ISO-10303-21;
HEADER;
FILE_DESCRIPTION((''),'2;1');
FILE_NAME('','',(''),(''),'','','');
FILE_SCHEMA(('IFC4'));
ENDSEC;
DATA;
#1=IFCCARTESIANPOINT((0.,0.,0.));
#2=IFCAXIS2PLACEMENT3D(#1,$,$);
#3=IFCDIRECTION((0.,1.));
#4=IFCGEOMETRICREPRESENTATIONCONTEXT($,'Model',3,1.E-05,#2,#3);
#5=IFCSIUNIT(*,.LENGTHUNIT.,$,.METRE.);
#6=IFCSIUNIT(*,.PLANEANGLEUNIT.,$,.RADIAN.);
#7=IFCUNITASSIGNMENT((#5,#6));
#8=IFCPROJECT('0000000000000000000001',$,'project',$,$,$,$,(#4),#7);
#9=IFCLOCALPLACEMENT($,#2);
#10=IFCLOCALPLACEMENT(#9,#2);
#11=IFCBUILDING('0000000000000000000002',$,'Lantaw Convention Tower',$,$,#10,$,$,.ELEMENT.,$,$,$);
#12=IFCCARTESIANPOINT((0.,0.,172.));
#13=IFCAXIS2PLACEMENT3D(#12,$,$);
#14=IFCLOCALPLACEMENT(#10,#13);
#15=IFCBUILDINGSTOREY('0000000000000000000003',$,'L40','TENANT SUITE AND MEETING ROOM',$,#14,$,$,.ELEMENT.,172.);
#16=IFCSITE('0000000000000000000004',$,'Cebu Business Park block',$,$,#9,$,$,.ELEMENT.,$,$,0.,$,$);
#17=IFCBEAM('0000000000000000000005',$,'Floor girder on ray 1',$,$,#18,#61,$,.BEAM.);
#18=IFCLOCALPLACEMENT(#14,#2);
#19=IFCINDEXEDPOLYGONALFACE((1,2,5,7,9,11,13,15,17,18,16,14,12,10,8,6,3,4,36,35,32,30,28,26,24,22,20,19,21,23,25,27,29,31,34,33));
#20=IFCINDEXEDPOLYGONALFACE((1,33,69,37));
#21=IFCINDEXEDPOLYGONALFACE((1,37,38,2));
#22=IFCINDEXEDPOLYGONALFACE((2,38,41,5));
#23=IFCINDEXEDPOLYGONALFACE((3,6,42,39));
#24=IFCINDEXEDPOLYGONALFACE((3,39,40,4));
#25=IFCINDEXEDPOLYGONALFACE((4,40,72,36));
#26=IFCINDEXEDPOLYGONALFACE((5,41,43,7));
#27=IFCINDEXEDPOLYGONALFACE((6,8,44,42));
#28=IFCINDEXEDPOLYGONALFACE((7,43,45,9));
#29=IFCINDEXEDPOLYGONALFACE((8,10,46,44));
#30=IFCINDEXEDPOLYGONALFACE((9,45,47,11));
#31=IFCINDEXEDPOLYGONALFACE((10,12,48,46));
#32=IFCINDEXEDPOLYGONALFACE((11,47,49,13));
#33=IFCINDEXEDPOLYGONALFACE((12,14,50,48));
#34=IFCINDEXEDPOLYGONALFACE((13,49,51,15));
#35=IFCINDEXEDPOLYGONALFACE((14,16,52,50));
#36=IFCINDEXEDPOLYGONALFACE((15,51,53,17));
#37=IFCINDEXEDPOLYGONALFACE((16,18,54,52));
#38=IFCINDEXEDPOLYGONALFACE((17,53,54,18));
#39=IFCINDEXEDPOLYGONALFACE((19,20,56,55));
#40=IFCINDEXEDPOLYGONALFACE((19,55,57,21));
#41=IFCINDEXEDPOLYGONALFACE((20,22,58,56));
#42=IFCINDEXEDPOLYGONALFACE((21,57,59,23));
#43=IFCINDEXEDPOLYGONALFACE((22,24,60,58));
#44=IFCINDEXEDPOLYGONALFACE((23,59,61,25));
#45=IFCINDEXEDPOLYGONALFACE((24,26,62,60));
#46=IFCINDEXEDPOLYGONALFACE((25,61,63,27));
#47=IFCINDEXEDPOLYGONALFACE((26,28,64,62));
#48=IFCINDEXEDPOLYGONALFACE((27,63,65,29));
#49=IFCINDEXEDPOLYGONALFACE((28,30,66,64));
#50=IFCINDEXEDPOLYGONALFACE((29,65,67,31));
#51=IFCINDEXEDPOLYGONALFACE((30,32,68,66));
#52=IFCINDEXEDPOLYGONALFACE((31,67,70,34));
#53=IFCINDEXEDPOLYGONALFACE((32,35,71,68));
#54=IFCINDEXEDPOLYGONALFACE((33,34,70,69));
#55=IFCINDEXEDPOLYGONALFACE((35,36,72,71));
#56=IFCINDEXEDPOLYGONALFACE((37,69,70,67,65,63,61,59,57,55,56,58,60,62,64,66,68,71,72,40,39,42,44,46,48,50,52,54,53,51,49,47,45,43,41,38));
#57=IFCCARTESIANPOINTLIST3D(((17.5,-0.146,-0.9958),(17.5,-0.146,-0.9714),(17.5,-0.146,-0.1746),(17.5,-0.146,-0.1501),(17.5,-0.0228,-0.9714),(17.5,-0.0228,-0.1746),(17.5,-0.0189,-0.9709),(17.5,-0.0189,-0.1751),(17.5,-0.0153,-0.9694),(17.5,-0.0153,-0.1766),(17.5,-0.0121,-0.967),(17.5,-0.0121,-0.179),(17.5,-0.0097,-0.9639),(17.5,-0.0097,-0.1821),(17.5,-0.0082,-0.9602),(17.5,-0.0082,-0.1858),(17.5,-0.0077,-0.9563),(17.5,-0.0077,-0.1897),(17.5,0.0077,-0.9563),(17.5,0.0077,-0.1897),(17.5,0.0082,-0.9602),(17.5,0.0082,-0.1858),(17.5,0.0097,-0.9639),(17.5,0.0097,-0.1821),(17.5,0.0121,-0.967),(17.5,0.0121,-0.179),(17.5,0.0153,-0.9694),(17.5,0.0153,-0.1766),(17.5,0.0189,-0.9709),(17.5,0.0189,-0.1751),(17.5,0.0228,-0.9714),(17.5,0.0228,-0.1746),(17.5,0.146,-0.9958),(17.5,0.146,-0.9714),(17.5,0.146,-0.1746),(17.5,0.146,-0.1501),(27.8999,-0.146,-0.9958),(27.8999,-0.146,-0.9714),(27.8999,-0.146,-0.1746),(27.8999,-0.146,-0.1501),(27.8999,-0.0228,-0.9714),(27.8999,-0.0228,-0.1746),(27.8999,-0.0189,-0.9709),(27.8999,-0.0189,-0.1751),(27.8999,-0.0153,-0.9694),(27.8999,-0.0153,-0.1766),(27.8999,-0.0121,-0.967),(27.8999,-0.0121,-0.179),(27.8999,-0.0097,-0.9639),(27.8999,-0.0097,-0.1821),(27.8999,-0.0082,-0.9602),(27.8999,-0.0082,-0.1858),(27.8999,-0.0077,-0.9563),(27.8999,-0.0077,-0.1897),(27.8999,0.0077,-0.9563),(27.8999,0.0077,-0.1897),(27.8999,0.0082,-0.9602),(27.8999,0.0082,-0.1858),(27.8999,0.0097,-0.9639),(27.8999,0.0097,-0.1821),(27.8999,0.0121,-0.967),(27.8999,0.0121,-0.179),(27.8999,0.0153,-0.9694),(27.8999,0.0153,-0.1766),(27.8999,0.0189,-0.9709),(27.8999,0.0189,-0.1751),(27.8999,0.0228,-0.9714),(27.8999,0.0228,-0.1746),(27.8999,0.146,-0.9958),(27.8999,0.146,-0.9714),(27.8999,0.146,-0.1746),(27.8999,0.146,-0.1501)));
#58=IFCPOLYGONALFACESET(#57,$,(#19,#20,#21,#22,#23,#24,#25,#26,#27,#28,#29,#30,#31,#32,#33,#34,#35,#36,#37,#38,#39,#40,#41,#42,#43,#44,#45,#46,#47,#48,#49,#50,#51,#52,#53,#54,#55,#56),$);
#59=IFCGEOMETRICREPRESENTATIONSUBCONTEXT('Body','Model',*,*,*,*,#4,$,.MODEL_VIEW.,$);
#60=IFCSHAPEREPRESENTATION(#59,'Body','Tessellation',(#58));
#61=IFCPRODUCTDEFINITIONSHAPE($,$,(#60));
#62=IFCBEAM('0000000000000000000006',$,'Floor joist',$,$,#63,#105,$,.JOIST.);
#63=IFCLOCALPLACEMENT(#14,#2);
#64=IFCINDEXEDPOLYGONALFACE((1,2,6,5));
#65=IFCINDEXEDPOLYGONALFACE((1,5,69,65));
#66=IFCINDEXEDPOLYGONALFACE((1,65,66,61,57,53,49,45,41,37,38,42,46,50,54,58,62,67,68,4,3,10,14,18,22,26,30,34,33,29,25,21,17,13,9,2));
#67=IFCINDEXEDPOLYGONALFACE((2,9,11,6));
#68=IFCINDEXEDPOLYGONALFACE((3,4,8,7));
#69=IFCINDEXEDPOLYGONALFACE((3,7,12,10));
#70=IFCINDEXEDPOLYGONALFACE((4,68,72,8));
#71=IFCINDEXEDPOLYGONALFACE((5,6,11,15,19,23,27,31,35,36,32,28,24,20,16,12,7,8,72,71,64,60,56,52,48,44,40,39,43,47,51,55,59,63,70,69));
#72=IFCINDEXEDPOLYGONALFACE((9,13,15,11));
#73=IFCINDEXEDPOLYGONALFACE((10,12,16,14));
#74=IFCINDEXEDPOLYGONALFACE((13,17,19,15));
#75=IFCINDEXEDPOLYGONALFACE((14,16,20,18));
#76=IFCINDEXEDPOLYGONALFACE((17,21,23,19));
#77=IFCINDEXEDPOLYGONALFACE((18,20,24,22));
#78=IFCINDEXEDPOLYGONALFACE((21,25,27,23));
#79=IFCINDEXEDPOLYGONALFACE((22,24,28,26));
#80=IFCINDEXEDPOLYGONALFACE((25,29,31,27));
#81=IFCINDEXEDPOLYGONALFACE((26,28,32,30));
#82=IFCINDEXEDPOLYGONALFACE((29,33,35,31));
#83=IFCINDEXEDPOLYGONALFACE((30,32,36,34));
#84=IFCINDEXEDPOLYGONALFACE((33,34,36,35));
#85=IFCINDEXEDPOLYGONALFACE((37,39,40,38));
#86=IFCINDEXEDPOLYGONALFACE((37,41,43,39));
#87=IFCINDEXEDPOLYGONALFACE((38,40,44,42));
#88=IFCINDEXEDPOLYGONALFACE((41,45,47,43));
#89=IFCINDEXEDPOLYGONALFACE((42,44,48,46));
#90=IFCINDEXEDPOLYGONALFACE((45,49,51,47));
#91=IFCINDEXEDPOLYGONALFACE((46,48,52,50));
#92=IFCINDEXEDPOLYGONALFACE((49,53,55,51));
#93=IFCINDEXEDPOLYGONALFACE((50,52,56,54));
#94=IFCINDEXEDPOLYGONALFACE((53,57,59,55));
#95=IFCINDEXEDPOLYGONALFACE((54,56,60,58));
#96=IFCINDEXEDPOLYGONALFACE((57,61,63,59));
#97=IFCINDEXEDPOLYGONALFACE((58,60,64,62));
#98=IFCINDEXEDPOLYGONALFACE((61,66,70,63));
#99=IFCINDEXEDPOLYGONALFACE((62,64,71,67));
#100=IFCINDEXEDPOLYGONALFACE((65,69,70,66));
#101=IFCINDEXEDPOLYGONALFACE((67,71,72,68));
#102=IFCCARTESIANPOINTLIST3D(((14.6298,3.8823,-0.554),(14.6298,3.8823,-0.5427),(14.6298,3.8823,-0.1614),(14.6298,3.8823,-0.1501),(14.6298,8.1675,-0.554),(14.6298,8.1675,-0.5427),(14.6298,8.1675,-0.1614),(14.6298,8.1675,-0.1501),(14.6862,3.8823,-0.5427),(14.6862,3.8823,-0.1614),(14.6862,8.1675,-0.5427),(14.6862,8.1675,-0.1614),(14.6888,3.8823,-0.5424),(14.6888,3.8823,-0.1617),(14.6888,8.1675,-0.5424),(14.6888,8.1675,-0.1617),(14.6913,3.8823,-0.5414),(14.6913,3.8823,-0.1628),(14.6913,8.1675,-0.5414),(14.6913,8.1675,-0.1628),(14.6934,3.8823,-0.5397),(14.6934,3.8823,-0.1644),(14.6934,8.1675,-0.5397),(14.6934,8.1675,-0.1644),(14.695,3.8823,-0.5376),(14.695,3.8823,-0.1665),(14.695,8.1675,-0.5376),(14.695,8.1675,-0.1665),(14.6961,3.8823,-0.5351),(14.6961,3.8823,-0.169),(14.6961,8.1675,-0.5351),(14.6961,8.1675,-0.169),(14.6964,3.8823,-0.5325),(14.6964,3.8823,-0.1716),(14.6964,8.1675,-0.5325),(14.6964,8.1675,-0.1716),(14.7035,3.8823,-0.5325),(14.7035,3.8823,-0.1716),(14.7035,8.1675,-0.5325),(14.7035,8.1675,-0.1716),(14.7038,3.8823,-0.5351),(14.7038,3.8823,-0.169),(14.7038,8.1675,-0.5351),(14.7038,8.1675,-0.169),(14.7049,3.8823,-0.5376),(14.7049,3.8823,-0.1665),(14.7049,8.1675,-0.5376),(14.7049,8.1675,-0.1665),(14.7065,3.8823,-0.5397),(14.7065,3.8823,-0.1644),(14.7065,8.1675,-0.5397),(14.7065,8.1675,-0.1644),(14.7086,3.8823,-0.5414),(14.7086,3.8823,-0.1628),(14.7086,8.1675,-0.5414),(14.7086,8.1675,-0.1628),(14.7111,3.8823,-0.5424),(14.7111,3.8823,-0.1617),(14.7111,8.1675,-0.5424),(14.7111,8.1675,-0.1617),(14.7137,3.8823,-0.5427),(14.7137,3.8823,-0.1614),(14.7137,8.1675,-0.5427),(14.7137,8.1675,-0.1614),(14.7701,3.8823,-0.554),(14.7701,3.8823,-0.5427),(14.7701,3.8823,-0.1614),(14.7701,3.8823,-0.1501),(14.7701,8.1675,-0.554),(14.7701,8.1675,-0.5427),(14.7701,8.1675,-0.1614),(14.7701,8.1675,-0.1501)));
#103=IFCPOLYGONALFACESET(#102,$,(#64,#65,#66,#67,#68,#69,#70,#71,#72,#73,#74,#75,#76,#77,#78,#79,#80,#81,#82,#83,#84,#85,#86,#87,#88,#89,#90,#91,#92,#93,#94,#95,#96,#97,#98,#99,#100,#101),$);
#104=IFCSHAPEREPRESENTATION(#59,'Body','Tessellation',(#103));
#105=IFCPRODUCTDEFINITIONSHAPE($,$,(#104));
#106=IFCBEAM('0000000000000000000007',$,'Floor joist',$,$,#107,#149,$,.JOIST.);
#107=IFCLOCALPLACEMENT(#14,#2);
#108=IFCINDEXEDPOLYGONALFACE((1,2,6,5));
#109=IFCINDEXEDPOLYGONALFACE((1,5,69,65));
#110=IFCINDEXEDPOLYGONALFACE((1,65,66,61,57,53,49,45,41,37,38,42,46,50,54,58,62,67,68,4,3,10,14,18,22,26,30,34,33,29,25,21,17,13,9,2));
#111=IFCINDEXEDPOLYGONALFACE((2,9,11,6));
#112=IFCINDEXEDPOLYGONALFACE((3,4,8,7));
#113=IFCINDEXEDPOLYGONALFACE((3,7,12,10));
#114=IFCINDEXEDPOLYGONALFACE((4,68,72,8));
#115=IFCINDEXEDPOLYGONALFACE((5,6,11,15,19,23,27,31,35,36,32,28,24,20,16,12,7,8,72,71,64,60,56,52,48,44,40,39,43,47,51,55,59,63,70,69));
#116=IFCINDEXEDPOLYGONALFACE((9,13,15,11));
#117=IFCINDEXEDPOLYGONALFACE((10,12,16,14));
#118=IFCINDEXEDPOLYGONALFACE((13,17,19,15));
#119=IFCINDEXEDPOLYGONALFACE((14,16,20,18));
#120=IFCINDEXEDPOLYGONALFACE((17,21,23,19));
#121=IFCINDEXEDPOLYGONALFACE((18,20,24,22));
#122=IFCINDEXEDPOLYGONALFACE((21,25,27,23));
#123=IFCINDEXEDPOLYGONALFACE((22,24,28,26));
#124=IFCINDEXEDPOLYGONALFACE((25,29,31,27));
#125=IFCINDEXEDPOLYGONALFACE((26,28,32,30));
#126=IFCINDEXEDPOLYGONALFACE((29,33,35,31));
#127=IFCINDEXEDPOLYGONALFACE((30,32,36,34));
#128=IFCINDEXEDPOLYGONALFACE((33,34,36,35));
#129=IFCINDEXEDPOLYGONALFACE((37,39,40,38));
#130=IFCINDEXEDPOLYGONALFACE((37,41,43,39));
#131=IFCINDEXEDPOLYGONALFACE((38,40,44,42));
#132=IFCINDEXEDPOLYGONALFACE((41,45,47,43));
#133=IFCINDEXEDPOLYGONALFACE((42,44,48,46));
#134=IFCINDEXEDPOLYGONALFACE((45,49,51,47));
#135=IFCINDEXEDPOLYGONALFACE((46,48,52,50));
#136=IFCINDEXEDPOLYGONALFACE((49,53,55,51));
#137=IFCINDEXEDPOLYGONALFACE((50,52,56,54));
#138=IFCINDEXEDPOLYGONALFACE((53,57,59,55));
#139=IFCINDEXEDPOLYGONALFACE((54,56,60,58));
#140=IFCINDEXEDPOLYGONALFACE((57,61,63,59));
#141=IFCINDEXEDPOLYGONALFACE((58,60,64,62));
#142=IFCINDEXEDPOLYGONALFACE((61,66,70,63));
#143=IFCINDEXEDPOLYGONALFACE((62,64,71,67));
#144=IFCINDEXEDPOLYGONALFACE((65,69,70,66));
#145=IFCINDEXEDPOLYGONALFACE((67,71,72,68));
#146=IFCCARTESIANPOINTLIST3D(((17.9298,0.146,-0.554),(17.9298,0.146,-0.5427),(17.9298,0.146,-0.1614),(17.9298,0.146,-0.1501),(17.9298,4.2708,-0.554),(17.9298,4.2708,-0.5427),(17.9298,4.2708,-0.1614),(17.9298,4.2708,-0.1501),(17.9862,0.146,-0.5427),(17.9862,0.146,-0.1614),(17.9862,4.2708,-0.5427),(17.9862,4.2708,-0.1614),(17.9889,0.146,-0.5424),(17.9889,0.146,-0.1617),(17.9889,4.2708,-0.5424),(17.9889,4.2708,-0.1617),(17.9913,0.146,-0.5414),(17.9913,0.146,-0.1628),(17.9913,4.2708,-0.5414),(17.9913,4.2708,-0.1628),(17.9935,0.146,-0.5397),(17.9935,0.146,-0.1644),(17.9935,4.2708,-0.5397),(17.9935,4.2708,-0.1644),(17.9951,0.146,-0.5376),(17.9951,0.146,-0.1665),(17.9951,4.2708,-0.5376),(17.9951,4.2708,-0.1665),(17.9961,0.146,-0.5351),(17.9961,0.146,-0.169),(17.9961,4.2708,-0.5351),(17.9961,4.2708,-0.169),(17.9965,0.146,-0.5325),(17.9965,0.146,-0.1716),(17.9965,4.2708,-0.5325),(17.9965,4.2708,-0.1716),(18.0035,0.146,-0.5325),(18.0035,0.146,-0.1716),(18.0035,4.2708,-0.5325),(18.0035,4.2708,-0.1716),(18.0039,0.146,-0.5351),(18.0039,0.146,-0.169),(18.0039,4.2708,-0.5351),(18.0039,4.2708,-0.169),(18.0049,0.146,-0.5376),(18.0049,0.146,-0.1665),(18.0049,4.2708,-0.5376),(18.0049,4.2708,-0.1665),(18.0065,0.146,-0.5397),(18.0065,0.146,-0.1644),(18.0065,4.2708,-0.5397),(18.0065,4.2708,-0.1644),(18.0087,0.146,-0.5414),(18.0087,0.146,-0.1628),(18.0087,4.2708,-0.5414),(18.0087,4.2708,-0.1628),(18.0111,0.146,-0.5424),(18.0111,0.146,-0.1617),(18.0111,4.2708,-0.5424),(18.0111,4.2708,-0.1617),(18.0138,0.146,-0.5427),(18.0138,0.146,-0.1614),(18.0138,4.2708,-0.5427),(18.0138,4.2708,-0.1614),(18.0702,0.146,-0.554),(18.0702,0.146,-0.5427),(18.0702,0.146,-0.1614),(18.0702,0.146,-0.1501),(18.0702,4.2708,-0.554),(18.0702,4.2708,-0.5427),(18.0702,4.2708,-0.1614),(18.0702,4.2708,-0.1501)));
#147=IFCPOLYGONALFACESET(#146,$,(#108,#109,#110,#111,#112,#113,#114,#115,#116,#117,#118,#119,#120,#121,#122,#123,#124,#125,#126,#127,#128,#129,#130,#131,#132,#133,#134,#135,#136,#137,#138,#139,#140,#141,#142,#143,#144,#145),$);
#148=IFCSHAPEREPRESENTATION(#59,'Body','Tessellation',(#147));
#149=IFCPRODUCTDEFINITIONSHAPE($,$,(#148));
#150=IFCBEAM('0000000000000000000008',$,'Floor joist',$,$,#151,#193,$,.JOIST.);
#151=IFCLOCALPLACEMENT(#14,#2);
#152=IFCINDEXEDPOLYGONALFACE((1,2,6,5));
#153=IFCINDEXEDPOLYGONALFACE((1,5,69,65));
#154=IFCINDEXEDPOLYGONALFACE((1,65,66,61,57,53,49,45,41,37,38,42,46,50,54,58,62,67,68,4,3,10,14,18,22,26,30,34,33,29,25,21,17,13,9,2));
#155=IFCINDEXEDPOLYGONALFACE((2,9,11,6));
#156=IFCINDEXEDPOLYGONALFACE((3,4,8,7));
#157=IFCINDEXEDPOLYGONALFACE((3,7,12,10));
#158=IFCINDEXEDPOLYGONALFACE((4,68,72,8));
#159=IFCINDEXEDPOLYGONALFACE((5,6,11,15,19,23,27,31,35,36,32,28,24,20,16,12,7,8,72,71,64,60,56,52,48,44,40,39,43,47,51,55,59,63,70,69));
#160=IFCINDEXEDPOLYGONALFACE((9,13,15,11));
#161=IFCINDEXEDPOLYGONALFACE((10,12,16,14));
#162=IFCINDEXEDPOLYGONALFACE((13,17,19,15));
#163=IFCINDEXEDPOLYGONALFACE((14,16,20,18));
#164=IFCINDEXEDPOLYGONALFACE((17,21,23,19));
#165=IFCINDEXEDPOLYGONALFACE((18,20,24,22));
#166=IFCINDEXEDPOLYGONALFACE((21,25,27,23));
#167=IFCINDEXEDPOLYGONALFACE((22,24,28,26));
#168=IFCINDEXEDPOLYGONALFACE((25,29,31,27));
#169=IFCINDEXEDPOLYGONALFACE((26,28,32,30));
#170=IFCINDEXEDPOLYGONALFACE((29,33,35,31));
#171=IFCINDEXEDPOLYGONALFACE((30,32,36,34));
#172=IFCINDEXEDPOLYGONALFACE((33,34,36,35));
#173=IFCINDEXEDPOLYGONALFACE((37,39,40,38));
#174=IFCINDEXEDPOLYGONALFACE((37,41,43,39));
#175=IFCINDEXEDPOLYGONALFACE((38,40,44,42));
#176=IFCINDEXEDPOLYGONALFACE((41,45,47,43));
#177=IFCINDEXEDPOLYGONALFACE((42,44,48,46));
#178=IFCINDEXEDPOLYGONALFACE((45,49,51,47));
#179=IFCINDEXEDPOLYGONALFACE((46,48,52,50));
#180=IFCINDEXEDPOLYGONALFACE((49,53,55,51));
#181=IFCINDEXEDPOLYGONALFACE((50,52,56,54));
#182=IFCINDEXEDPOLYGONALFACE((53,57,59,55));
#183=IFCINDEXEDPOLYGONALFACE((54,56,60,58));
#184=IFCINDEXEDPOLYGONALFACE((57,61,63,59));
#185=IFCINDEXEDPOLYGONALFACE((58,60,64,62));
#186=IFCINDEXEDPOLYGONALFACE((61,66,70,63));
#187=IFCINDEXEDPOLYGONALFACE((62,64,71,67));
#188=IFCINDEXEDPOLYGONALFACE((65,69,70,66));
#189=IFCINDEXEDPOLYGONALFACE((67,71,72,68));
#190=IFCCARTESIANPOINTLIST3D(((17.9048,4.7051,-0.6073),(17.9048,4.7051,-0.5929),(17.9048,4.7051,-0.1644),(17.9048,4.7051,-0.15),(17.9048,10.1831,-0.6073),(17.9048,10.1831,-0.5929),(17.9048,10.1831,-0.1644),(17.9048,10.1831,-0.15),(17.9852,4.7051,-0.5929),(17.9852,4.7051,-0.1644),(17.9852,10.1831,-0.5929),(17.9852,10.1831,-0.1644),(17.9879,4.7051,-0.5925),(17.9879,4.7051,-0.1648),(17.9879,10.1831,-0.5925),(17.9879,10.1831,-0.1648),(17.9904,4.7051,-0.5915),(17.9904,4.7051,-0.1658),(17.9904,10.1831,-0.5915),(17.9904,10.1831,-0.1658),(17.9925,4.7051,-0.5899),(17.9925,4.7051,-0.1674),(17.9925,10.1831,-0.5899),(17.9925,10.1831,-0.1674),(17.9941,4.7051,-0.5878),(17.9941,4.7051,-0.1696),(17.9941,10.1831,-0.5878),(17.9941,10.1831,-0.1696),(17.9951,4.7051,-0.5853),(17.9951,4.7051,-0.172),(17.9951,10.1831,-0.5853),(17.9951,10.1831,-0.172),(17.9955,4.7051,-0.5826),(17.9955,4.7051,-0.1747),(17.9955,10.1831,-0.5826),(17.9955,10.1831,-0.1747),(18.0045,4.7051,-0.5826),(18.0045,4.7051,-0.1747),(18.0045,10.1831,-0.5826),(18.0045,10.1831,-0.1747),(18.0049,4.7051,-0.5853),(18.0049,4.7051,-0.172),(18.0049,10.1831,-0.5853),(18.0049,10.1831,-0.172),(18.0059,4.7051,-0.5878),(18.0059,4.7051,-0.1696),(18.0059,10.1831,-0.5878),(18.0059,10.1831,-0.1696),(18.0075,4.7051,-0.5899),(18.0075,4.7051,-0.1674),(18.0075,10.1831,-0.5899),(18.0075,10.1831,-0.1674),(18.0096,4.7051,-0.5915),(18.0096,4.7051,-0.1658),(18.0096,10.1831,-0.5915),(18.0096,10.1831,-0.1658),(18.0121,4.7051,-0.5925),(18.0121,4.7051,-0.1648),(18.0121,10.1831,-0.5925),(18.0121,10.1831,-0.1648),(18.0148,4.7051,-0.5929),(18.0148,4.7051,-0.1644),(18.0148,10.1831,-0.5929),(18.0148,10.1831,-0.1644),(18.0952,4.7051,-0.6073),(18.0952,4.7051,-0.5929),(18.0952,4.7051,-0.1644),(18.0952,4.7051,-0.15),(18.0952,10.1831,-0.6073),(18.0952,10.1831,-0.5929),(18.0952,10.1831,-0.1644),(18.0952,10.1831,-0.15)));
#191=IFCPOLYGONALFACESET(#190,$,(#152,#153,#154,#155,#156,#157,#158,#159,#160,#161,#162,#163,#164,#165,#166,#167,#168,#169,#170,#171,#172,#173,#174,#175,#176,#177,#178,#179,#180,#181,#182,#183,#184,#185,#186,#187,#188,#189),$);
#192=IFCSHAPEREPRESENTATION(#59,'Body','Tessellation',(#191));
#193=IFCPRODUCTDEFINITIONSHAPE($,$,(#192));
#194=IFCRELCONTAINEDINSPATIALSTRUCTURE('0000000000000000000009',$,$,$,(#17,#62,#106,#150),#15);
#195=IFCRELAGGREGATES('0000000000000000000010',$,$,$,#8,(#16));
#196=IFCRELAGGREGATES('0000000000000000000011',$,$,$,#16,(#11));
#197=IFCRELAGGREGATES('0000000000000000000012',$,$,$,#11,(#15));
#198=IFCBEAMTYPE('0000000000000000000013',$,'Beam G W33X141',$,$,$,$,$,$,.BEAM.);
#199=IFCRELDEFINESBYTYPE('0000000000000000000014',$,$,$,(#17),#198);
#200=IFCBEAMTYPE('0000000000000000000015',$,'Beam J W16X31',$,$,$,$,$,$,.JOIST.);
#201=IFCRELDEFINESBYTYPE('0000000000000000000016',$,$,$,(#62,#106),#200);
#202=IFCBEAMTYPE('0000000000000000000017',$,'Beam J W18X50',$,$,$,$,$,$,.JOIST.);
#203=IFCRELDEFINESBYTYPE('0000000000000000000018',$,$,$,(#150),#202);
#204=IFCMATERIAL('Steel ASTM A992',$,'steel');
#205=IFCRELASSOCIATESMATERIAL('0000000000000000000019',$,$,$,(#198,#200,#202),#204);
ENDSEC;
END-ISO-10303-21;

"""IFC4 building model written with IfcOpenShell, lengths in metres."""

from ifc_helpers import new_model, si_unit, direction, frame, origin, origin_2d, place, context, subcontext, project, spatial, i_section, extrude, material, material_profile, profile_set, type_object, element, save


model = new_model("IFC4")

# Units and contexts
model_context = context("Model", 3, precision=1e-05, world=origin(), true_north=direction((0.0, 1.0)))
body_context = subcontext(model_context, "Body", "Model", "MODEL_VIEW")
ifc_project = project(units=[si_unit("LENGTHUNIT", "METRE"), si_unit("PLANEANGLEUNIT", "RADIAN")], contexts=[model_context])

# Site, building, storey
site_placement = place(None, origin())
site = spatial("IfcSite", under=ifc_project, at=site_placement, Name="Cebu Business Park block", CompositionType="ELEMENT", RefElevation=0.0)
building_placement = place(site_placement, origin())
building = spatial("IfcBuilding", under=site, at=building_placement, Name="Lantaw Convention Tower", CompositionType="ELEMENT")
storey_placement = place(building_placement, frame((0.0, 0.0, 172.0)))
storey = spatial("IfcBuildingStorey", under=building, at=storey_placement, Name="L40", Description="TENANT SUITE AND MEETING ROOM", CompositionType="ELEMENT", Elevation=172.0)

# Beams
ifc_material_1 = material(Name="Steel ASTM A992", Category="steel")
ifc_material_profile_1 = material_profile(ifc_material_1, i_section(OverallWidth=0.292, OverallDepth=0.8457, WebThickness=0.0154, FlangeThickness=0.0244, FilletRadius=0.0151, at=origin_2d()), Name="W33X141")
ifc_profile_set_1 = profile_set([ifc_material_profile_1], Name="Steel ASTM A992")
beam_type_1 = type_object("IfcBeamType", Name="Beam G W33X141", PredefinedType="BEAM", material=ifc_profile_set_1)
beam_1_placement = place(storey_placement, frame((17.5, 0.0, -0.573), z_axis=(1.0, 0.0, 0.0), x_axis=(0.0, 1.0, 0.0)))
element("IfcBeam", 1, at=beam_1_placement, inside=storey, type_object=beam_type_1, Name="Floor girder on ray 1", PredefinedType="BEAM", context=body_context, shape_type="SweptSolid", body=[
    extrude(i_section(OverallWidth=0.292, OverallDepth=0.8457, WebThickness=0.0154, FlangeThickness=0.0244, FilletRadius=0.0151, at=origin_2d()), origin(), (0.0, 0.0, 1.0), 10.3999),
])
ifc_material_profile_2 = material_profile(ifc_material_1, i_section(OverallWidth=0.1404, OverallDepth=0.4038, WebThickness=0.0071, FlangeThickness=0.0112, FilletRadius=0.0103, at=origin_2d()), Name="W16X31")
ifc_profile_set_2 = profile_set([ifc_material_profile_2], Name="Steel ASTM A992")
beam_type_2 = type_object("IfcBeamType", Name="Beam J W16X31", PredefinedType="JOIST", material=ifc_profile_set_2)
beam_2_placement = place(storey_placement, frame((14.7, 3.8823, -0.3521), z_axis=(0.0, 1.0, 0.0), x_axis=(-1.0, 0.0, 0.0)))
element("IfcBeam", 2, at=beam_2_placement, inside=storey, type_object=beam_type_2, Name="Floor joist", PredefinedType="JOIST", context=body_context, shape_type="SweptSolid", body=[
    extrude(i_section(OverallWidth=0.1404, OverallDepth=0.4038, WebThickness=0.0071, FlangeThickness=0.0112, FilletRadius=0.0103, at=origin_2d()), origin(), (0.0, 0.0, 1.0), 4.2852),
])
beam_3_placement = place(storey_placement, frame((18.0, 0.146, -0.3521), z_axis=(0.0, 1.0, 0.0), x_axis=(-1.0, 0.0, 0.0)))
element("IfcBeam", 3, at=beam_3_placement, inside=storey, type_object=beam_type_2, Name="Floor joist", PredefinedType="JOIST", context=body_context, shape_type="SweptSolid", body=[
    extrude(i_section(OverallWidth=0.1404, OverallDepth=0.4038, WebThickness=0.0071, FlangeThickness=0.0112, FilletRadius=0.0103, at=origin_2d()), origin(), (0.0, 0.0, 1.0), 4.1248),
])
ifc_material_profile_3 = material_profile(ifc_material_1, i_section(OverallWidth=0.1904, OverallDepth=0.4573, WebThickness=0.009, FlangeThickness=0.0144, FilletRadius=0.0103, at=origin_2d()), Name="W18X50")
ifc_profile_set_3 = profile_set([ifc_material_profile_3], Name="Steel ASTM A992")
beam_type_3 = type_object("IfcBeamType", Name="Beam J W18X50", PredefinedType="JOIST", material=ifc_profile_set_3)
beam_4_placement = place(storey_placement, frame((18.0, 4.7051, -0.3787), z_axis=(0.0, 1.0, 0.0), x_axis=(-1.0, 0.0, 0.0)))
element("IfcBeam", 4, at=beam_4_placement, inside=storey, type_object=beam_type_3, Name="Floor joist", PredefinedType="JOIST", context=body_context, shape_type="SweptSolid", body=[
    extrude(i_section(OverallWidth=0.1904, OverallDepth=0.4573, WebThickness=0.009, FlangeThickness=0.0144, FilletRadius=0.0103, at=origin_2d()), origin(), (0.0, 0.0, 1.0), 5.478),
])

save(model, "model.ifc")
